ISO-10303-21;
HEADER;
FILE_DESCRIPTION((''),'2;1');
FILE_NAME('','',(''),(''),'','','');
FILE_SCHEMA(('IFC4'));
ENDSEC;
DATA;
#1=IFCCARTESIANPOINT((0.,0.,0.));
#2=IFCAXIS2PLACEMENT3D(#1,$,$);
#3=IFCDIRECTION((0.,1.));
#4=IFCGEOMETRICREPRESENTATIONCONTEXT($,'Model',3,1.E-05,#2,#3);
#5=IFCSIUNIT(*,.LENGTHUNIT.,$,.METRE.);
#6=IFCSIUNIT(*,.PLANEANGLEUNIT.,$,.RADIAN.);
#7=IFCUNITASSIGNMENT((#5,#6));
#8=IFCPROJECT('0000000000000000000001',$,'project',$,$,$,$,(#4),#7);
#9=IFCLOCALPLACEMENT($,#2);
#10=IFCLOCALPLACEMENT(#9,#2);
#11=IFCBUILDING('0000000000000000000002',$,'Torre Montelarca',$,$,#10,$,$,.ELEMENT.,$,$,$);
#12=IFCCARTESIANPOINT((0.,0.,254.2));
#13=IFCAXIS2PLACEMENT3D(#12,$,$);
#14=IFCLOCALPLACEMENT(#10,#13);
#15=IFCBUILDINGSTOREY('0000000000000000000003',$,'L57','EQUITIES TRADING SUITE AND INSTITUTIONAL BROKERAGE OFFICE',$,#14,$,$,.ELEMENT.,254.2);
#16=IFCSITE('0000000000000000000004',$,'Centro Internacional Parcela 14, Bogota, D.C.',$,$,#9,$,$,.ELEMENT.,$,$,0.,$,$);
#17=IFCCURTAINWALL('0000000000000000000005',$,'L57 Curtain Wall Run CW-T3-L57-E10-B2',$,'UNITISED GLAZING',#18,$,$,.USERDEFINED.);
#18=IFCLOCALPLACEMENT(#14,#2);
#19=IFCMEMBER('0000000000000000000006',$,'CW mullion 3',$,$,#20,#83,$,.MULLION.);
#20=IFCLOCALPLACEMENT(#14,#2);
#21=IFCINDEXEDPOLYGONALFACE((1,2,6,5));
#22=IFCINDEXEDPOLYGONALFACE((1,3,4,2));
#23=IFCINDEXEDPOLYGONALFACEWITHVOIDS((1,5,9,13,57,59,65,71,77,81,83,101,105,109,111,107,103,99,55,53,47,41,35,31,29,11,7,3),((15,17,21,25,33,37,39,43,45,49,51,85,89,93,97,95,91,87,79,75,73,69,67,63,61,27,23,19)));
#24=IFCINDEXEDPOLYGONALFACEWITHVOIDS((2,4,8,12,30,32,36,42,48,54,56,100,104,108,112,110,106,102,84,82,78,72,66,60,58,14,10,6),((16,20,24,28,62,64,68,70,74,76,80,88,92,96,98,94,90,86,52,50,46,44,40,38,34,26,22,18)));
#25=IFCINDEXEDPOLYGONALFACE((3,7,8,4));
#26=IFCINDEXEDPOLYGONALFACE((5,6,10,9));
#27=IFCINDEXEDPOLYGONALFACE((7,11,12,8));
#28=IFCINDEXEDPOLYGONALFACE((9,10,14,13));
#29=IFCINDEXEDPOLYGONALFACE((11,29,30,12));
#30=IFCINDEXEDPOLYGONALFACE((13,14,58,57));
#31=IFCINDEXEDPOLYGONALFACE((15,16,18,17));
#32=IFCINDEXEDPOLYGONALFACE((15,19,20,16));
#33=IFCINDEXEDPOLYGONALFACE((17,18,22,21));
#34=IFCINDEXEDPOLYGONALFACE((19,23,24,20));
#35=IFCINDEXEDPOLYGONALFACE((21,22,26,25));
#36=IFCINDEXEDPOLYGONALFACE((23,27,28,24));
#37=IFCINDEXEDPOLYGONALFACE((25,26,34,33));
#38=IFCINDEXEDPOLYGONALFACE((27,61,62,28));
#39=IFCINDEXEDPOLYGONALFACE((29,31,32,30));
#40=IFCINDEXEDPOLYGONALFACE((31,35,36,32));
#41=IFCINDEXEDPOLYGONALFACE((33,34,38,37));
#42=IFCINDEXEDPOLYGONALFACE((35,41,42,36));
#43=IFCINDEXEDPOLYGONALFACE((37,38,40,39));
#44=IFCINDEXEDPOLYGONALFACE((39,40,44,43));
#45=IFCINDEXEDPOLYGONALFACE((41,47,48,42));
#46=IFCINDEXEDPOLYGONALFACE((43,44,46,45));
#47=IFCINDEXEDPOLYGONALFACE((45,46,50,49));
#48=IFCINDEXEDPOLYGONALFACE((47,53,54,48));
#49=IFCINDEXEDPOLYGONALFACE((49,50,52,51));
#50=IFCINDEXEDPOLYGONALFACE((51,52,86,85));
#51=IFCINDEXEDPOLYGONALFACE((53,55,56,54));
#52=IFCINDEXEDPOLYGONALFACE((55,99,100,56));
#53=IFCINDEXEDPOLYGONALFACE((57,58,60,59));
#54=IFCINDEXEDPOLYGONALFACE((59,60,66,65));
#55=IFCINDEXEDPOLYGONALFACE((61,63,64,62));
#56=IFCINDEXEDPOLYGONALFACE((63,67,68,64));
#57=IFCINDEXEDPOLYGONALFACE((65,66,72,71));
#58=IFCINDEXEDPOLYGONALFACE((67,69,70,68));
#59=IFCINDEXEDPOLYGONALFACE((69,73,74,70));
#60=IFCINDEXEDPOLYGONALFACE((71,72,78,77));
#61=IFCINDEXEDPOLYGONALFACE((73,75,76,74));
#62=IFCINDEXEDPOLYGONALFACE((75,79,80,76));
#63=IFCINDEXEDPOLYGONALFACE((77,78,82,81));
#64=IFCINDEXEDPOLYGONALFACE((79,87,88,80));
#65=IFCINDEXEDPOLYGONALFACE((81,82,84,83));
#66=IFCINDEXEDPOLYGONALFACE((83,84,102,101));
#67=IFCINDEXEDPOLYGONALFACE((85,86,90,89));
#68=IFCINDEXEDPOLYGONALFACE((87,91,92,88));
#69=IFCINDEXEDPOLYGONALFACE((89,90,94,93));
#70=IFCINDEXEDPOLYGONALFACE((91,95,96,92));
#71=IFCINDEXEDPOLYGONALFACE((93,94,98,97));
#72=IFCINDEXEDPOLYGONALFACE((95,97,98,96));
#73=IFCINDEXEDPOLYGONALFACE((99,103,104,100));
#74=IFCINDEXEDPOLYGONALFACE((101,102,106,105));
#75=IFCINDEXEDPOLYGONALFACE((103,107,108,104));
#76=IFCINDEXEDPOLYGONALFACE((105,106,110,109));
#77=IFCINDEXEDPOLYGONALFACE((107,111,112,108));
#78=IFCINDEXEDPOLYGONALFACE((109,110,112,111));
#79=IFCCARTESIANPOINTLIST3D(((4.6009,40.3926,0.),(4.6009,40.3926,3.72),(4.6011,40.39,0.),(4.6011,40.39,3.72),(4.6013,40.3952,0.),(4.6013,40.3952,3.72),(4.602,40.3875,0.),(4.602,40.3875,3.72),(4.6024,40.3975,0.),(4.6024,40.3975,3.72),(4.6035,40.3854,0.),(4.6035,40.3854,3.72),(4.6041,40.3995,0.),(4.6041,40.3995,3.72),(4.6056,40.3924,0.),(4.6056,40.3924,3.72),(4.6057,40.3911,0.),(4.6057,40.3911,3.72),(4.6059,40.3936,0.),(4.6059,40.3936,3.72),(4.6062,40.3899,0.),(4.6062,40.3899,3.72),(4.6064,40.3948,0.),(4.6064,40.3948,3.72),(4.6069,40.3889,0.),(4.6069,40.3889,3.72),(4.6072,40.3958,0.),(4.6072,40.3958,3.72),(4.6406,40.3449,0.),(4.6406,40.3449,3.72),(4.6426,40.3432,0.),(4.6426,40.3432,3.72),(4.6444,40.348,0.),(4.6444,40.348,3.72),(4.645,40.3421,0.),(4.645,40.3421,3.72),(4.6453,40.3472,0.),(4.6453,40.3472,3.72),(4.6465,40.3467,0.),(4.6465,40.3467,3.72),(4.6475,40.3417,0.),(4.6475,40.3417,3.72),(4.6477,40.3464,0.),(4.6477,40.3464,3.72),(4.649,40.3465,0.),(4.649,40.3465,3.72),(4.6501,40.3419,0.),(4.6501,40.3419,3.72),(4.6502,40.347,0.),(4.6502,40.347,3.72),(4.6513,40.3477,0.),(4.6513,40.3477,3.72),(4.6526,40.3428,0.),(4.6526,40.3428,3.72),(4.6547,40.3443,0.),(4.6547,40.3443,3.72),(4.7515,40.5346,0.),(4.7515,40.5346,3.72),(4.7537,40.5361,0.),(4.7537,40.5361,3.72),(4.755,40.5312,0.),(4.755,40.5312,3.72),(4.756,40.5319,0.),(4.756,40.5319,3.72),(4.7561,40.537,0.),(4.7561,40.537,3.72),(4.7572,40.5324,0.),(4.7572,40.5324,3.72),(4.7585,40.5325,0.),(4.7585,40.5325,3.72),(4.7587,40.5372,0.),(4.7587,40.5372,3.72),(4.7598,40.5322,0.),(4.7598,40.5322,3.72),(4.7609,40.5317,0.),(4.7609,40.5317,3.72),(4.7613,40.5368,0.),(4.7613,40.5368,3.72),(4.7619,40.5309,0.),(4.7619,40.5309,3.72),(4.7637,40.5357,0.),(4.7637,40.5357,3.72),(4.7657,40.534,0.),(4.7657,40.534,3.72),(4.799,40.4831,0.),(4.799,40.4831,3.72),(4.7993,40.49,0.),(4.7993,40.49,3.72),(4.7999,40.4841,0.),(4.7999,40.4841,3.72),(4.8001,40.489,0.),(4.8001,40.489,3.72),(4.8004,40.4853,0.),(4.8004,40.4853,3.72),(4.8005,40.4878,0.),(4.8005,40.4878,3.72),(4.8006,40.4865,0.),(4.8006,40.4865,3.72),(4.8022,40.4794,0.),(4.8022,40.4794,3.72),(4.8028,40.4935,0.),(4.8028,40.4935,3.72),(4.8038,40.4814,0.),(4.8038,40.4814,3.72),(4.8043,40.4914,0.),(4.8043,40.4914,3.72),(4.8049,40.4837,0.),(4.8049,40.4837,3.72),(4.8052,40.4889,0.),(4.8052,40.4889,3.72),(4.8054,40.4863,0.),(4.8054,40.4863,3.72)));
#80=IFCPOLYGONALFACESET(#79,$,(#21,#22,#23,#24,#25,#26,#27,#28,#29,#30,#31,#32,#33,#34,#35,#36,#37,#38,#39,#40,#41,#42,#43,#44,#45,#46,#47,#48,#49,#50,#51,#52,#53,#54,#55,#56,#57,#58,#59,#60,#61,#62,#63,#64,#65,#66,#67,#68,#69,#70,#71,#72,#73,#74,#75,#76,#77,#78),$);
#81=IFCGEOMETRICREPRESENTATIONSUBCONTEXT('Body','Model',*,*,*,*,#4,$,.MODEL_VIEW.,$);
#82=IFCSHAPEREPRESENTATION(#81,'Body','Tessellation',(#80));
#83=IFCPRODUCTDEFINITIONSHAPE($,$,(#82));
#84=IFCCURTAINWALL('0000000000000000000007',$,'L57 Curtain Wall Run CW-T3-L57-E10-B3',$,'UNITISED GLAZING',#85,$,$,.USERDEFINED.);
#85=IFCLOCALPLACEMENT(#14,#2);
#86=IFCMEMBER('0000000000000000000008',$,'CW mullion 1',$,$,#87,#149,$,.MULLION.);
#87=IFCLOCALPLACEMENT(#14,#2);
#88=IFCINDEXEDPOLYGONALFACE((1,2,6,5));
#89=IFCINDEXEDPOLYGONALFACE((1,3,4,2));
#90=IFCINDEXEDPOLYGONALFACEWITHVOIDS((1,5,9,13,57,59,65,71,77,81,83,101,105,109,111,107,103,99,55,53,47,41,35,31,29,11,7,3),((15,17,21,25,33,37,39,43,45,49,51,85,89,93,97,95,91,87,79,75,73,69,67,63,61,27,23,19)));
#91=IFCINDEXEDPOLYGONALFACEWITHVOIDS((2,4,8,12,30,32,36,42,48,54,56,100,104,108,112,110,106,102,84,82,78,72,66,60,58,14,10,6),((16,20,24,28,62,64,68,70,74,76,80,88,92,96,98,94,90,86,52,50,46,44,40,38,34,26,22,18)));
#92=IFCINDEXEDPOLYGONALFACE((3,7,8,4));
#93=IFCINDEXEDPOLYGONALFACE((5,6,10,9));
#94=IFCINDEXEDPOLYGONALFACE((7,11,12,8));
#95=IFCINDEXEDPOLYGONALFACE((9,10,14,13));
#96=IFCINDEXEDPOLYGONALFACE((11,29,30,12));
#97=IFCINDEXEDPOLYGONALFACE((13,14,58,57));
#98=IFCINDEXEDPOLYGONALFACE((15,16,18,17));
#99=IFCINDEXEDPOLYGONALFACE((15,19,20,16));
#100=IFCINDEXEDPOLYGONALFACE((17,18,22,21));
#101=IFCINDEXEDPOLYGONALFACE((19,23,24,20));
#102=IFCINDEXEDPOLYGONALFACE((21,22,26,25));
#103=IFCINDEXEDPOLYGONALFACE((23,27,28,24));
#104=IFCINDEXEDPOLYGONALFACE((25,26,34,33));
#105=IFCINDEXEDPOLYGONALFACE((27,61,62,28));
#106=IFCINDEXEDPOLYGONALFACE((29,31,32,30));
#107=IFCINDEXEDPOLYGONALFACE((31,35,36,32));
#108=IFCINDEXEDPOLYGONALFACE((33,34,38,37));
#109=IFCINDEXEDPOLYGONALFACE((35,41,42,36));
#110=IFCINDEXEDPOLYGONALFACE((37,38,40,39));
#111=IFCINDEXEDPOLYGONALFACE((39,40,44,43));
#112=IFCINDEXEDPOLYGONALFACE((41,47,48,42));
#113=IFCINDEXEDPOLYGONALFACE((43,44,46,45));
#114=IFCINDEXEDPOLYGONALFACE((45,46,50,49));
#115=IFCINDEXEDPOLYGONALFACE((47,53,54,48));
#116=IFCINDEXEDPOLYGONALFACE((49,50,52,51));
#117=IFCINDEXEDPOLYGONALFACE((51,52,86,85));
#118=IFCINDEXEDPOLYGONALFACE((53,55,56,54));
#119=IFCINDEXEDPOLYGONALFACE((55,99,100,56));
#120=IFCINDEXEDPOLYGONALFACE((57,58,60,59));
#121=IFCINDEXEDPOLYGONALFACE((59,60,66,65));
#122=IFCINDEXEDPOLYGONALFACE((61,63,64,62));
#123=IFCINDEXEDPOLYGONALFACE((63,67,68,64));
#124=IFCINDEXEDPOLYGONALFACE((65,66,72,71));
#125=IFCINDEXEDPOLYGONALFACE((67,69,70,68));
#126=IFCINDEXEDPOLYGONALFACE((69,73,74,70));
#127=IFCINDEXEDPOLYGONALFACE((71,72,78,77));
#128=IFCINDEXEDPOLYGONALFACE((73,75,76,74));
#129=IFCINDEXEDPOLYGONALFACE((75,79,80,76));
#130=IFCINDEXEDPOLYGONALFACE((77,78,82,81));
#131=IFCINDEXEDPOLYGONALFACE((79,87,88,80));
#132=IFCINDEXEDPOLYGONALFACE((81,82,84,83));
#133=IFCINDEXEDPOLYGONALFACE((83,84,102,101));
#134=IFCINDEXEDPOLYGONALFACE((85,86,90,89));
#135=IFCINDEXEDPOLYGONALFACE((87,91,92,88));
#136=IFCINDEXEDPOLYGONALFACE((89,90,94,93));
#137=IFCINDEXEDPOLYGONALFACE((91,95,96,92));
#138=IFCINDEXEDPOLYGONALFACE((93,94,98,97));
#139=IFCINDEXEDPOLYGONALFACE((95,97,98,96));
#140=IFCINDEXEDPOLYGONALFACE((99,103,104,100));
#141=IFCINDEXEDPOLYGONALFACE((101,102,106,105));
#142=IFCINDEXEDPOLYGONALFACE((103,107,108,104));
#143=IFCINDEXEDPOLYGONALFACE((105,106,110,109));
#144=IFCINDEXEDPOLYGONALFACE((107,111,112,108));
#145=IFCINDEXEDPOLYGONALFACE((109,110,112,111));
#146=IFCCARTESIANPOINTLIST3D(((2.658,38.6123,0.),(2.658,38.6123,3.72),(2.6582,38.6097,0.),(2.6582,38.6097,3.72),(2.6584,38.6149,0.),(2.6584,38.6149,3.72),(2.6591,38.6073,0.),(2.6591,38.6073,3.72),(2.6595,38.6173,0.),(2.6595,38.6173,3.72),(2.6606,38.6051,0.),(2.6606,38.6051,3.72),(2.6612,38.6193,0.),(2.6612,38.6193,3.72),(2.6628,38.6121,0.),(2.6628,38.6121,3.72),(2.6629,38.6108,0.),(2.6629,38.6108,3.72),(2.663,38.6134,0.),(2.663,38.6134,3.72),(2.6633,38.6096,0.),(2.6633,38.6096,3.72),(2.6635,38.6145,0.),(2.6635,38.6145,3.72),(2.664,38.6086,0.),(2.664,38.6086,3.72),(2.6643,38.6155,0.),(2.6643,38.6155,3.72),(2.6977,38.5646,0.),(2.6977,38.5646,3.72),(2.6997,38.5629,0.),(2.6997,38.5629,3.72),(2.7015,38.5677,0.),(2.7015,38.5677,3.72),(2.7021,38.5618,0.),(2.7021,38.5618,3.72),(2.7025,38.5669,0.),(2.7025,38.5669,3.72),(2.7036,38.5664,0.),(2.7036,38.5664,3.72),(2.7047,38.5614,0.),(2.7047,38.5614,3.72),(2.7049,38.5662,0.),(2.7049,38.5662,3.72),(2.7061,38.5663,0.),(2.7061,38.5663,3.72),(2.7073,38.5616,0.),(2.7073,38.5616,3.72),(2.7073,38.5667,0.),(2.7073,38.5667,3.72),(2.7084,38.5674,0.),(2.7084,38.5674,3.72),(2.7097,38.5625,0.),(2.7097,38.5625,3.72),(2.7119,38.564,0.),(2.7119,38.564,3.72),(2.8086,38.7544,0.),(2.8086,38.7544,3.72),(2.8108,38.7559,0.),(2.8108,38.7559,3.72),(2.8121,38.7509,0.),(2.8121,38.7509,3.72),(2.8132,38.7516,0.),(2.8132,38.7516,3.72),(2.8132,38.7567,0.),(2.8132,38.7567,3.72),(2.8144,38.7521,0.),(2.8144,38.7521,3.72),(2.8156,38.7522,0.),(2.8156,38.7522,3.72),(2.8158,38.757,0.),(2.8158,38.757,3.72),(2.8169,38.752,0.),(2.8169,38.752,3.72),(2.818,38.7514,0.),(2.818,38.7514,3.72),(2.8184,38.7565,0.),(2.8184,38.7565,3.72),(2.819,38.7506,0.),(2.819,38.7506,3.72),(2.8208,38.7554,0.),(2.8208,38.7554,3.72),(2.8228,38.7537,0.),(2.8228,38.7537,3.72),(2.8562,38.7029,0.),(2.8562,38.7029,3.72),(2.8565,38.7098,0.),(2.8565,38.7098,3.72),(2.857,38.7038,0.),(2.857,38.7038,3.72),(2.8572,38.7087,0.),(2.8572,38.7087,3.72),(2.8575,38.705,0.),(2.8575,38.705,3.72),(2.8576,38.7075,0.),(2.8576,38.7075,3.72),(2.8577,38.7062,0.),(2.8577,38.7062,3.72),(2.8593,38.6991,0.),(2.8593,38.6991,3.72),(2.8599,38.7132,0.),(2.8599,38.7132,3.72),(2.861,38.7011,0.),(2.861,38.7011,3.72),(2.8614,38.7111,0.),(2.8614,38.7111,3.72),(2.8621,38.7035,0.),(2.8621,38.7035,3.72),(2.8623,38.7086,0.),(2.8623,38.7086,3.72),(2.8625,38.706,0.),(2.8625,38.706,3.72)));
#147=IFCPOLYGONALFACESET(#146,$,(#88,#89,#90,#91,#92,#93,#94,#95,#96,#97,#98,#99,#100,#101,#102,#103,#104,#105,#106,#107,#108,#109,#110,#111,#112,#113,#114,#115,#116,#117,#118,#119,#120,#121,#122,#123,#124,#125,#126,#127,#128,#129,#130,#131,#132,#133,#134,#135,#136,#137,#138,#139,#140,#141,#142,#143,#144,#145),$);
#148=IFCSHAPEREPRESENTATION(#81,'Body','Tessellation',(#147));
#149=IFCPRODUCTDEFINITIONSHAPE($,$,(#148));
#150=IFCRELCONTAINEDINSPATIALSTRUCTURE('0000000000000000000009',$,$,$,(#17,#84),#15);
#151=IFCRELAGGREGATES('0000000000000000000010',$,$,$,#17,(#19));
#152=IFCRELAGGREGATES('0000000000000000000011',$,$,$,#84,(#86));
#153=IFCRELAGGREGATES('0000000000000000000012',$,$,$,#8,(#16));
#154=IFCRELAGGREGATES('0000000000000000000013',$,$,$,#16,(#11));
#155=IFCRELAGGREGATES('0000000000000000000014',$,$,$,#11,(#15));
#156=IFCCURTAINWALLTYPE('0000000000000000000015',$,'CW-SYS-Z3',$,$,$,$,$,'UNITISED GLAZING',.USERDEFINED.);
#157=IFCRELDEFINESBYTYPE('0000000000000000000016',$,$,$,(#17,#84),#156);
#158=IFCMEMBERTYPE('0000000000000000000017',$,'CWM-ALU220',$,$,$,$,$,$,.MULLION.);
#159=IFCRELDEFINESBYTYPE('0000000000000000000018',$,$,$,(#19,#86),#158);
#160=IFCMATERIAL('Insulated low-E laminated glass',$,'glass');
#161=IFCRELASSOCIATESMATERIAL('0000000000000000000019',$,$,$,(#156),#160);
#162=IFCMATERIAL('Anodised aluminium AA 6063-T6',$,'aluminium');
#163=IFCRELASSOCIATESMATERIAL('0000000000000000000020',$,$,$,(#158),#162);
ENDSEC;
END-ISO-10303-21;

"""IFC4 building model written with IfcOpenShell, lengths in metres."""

from ifc_helpers import new_model, si_unit, direction, frame, origin, origin_2d, place, context, subcontext, project, spatial, hollow_rectangle, extrude, source, transform, mapped, material, material_profile, profile_set, type_object, element, aggregate, save


model = new_model("IFC4")

# Units and contexts
model_context = context("Model", 3, precision=1e-05, world=origin(), true_north=direction((0.0, 1.0)))
body_context = subcontext(model_context, "Body", "Model", "MODEL_VIEW")
ifc_project = project(units=[si_unit("LENGTHUNIT", "METRE"), si_unit("PLANEANGLEUNIT", "RADIAN")], contexts=[model_context])

# Site, building, storey
site_placement = place(None, origin())
site = spatial("IfcSite", under=ifc_project, at=site_placement, Name="Centro Internacional Parcela 14, Bogota, D.C.", CompositionType="ELEMENT", RefElevation=0.0)
building_placement = place(site_placement, origin())
building = spatial("IfcBuilding", under=site, at=building_placement, Name="Torre Montelarca", CompositionType="ELEMENT")
storey_placement = place(building_placement, frame((0.0, 0.0, 254.2)))
storey = spatial("IfcBuildingStorey", under=building, at=storey_placement, Name="L57", Description="EQUITIES TRADING SUITE AND INSTITUTIONAL BROKERAGE OFFICE", CompositionType="ELEMENT", Elevation=254.2)

# Curtain walls, members
ifc_material_1 = material(Name="Insulated low-E laminated glass", Category="glass")
curtain_wall_type = type_object("IfcCurtainWallType", Name="CW-SYS-Z3", ElementType="UNITISED GLAZING", PredefinedType="USERDEFINED", material=ifc_material_1)
ifc_material_2 = material(Name="Anodised aluminium AA 6063-T6", Category="aluminium")
ifc_material_profile_1 = material_profile(ifc_material_2, hollow_rectangle(XDim=0.075, YDim=0.22, WallThickness=0.0049, InnerFilletRadius=0.0049, OuterFilletRadius=0.01, at=origin_2d()), Name="ALU75X220X5", Category="aluminium")
ifc_profile_set_1 = profile_set([ifc_material_profile_1], Name="Anodised aluminium AA 6063-T6")
member_type_1 = type_object("IfcMemberType", Name="CWM-ALU220", PredefinedType="MULLION", material=ifc_profile_set_1)
shared_shape_1 = source(origin(), body_context, "Body", "SweptSolid", [
    extrude(hollow_rectangle(XDim=0.075, YDim=0.22, WallThickness=0.0049, InnerFilletRadius=0.0049, OuterFilletRadius=0.01, at=origin_2d()), origin(), (0.0, 0.0, 1.0), 3.72),
])
curtain_wall_1_placement = place(storey_placement, origin())
curtain_wall_1 = element("IfcCurtainWall", 1, at=curtain_wall_1_placement, inside=storey, type_object=curtain_wall_type, Name="L57 Curtain Wall Run CW-T3-L57-E10-B2", ObjectType="UNITISED GLAZING", PredefinedType="USERDEFINED")
member_1_placement = place(storey_placement, frame((4.7031, 40.4395, 0.0), z_axis=(0.0, 0.0, 1.0), x_axis=(0.675588, -0.737279, 0.0)))
member_1 = element("IfcMember", 2, at=member_1_placement, type_object=member_type_1, Name="CW mullion 3", PredefinedType="MULLION", context=body_context, shape_type="MappedRepresentation", body=[
    mapped(shared_shape_1, transform((0.0, 0.0, 0.0), scale=1.0)),
])
curtain_wall_2_placement = place(storey_placement, origin())
curtain_wall_2 = element("IfcCurtainWall", 3, at=curtain_wall_2_placement, inside=storey, type_object=curtain_wall_type, Name="L57 Curtain Wall Run CW-T3-L57-E10-B3", ObjectType="UNITISED GLAZING", PredefinedType="USERDEFINED")
member_2_placement = place(storey_placement, frame((2.7603, 38.6592, 0.0), z_axis=(0.0, 0.0, 1.0), x_axis=(0.675582, -0.737285, 0.0)))
member_2 = element("IfcMember", 4, at=member_2_placement, type_object=member_type_1, Name="CW mullion 1", PredefinedType="MULLION", context=body_context, shape_type="MappedRepresentation", body=[
    mapped(shared_shape_1, transform((0.0, 0.0, 0.0), scale=1.0)),
])

aggregate(curtain_wall_1, [member_1])
aggregate(curtain_wall_2, [member_2])

save(model, "model.ifc")
